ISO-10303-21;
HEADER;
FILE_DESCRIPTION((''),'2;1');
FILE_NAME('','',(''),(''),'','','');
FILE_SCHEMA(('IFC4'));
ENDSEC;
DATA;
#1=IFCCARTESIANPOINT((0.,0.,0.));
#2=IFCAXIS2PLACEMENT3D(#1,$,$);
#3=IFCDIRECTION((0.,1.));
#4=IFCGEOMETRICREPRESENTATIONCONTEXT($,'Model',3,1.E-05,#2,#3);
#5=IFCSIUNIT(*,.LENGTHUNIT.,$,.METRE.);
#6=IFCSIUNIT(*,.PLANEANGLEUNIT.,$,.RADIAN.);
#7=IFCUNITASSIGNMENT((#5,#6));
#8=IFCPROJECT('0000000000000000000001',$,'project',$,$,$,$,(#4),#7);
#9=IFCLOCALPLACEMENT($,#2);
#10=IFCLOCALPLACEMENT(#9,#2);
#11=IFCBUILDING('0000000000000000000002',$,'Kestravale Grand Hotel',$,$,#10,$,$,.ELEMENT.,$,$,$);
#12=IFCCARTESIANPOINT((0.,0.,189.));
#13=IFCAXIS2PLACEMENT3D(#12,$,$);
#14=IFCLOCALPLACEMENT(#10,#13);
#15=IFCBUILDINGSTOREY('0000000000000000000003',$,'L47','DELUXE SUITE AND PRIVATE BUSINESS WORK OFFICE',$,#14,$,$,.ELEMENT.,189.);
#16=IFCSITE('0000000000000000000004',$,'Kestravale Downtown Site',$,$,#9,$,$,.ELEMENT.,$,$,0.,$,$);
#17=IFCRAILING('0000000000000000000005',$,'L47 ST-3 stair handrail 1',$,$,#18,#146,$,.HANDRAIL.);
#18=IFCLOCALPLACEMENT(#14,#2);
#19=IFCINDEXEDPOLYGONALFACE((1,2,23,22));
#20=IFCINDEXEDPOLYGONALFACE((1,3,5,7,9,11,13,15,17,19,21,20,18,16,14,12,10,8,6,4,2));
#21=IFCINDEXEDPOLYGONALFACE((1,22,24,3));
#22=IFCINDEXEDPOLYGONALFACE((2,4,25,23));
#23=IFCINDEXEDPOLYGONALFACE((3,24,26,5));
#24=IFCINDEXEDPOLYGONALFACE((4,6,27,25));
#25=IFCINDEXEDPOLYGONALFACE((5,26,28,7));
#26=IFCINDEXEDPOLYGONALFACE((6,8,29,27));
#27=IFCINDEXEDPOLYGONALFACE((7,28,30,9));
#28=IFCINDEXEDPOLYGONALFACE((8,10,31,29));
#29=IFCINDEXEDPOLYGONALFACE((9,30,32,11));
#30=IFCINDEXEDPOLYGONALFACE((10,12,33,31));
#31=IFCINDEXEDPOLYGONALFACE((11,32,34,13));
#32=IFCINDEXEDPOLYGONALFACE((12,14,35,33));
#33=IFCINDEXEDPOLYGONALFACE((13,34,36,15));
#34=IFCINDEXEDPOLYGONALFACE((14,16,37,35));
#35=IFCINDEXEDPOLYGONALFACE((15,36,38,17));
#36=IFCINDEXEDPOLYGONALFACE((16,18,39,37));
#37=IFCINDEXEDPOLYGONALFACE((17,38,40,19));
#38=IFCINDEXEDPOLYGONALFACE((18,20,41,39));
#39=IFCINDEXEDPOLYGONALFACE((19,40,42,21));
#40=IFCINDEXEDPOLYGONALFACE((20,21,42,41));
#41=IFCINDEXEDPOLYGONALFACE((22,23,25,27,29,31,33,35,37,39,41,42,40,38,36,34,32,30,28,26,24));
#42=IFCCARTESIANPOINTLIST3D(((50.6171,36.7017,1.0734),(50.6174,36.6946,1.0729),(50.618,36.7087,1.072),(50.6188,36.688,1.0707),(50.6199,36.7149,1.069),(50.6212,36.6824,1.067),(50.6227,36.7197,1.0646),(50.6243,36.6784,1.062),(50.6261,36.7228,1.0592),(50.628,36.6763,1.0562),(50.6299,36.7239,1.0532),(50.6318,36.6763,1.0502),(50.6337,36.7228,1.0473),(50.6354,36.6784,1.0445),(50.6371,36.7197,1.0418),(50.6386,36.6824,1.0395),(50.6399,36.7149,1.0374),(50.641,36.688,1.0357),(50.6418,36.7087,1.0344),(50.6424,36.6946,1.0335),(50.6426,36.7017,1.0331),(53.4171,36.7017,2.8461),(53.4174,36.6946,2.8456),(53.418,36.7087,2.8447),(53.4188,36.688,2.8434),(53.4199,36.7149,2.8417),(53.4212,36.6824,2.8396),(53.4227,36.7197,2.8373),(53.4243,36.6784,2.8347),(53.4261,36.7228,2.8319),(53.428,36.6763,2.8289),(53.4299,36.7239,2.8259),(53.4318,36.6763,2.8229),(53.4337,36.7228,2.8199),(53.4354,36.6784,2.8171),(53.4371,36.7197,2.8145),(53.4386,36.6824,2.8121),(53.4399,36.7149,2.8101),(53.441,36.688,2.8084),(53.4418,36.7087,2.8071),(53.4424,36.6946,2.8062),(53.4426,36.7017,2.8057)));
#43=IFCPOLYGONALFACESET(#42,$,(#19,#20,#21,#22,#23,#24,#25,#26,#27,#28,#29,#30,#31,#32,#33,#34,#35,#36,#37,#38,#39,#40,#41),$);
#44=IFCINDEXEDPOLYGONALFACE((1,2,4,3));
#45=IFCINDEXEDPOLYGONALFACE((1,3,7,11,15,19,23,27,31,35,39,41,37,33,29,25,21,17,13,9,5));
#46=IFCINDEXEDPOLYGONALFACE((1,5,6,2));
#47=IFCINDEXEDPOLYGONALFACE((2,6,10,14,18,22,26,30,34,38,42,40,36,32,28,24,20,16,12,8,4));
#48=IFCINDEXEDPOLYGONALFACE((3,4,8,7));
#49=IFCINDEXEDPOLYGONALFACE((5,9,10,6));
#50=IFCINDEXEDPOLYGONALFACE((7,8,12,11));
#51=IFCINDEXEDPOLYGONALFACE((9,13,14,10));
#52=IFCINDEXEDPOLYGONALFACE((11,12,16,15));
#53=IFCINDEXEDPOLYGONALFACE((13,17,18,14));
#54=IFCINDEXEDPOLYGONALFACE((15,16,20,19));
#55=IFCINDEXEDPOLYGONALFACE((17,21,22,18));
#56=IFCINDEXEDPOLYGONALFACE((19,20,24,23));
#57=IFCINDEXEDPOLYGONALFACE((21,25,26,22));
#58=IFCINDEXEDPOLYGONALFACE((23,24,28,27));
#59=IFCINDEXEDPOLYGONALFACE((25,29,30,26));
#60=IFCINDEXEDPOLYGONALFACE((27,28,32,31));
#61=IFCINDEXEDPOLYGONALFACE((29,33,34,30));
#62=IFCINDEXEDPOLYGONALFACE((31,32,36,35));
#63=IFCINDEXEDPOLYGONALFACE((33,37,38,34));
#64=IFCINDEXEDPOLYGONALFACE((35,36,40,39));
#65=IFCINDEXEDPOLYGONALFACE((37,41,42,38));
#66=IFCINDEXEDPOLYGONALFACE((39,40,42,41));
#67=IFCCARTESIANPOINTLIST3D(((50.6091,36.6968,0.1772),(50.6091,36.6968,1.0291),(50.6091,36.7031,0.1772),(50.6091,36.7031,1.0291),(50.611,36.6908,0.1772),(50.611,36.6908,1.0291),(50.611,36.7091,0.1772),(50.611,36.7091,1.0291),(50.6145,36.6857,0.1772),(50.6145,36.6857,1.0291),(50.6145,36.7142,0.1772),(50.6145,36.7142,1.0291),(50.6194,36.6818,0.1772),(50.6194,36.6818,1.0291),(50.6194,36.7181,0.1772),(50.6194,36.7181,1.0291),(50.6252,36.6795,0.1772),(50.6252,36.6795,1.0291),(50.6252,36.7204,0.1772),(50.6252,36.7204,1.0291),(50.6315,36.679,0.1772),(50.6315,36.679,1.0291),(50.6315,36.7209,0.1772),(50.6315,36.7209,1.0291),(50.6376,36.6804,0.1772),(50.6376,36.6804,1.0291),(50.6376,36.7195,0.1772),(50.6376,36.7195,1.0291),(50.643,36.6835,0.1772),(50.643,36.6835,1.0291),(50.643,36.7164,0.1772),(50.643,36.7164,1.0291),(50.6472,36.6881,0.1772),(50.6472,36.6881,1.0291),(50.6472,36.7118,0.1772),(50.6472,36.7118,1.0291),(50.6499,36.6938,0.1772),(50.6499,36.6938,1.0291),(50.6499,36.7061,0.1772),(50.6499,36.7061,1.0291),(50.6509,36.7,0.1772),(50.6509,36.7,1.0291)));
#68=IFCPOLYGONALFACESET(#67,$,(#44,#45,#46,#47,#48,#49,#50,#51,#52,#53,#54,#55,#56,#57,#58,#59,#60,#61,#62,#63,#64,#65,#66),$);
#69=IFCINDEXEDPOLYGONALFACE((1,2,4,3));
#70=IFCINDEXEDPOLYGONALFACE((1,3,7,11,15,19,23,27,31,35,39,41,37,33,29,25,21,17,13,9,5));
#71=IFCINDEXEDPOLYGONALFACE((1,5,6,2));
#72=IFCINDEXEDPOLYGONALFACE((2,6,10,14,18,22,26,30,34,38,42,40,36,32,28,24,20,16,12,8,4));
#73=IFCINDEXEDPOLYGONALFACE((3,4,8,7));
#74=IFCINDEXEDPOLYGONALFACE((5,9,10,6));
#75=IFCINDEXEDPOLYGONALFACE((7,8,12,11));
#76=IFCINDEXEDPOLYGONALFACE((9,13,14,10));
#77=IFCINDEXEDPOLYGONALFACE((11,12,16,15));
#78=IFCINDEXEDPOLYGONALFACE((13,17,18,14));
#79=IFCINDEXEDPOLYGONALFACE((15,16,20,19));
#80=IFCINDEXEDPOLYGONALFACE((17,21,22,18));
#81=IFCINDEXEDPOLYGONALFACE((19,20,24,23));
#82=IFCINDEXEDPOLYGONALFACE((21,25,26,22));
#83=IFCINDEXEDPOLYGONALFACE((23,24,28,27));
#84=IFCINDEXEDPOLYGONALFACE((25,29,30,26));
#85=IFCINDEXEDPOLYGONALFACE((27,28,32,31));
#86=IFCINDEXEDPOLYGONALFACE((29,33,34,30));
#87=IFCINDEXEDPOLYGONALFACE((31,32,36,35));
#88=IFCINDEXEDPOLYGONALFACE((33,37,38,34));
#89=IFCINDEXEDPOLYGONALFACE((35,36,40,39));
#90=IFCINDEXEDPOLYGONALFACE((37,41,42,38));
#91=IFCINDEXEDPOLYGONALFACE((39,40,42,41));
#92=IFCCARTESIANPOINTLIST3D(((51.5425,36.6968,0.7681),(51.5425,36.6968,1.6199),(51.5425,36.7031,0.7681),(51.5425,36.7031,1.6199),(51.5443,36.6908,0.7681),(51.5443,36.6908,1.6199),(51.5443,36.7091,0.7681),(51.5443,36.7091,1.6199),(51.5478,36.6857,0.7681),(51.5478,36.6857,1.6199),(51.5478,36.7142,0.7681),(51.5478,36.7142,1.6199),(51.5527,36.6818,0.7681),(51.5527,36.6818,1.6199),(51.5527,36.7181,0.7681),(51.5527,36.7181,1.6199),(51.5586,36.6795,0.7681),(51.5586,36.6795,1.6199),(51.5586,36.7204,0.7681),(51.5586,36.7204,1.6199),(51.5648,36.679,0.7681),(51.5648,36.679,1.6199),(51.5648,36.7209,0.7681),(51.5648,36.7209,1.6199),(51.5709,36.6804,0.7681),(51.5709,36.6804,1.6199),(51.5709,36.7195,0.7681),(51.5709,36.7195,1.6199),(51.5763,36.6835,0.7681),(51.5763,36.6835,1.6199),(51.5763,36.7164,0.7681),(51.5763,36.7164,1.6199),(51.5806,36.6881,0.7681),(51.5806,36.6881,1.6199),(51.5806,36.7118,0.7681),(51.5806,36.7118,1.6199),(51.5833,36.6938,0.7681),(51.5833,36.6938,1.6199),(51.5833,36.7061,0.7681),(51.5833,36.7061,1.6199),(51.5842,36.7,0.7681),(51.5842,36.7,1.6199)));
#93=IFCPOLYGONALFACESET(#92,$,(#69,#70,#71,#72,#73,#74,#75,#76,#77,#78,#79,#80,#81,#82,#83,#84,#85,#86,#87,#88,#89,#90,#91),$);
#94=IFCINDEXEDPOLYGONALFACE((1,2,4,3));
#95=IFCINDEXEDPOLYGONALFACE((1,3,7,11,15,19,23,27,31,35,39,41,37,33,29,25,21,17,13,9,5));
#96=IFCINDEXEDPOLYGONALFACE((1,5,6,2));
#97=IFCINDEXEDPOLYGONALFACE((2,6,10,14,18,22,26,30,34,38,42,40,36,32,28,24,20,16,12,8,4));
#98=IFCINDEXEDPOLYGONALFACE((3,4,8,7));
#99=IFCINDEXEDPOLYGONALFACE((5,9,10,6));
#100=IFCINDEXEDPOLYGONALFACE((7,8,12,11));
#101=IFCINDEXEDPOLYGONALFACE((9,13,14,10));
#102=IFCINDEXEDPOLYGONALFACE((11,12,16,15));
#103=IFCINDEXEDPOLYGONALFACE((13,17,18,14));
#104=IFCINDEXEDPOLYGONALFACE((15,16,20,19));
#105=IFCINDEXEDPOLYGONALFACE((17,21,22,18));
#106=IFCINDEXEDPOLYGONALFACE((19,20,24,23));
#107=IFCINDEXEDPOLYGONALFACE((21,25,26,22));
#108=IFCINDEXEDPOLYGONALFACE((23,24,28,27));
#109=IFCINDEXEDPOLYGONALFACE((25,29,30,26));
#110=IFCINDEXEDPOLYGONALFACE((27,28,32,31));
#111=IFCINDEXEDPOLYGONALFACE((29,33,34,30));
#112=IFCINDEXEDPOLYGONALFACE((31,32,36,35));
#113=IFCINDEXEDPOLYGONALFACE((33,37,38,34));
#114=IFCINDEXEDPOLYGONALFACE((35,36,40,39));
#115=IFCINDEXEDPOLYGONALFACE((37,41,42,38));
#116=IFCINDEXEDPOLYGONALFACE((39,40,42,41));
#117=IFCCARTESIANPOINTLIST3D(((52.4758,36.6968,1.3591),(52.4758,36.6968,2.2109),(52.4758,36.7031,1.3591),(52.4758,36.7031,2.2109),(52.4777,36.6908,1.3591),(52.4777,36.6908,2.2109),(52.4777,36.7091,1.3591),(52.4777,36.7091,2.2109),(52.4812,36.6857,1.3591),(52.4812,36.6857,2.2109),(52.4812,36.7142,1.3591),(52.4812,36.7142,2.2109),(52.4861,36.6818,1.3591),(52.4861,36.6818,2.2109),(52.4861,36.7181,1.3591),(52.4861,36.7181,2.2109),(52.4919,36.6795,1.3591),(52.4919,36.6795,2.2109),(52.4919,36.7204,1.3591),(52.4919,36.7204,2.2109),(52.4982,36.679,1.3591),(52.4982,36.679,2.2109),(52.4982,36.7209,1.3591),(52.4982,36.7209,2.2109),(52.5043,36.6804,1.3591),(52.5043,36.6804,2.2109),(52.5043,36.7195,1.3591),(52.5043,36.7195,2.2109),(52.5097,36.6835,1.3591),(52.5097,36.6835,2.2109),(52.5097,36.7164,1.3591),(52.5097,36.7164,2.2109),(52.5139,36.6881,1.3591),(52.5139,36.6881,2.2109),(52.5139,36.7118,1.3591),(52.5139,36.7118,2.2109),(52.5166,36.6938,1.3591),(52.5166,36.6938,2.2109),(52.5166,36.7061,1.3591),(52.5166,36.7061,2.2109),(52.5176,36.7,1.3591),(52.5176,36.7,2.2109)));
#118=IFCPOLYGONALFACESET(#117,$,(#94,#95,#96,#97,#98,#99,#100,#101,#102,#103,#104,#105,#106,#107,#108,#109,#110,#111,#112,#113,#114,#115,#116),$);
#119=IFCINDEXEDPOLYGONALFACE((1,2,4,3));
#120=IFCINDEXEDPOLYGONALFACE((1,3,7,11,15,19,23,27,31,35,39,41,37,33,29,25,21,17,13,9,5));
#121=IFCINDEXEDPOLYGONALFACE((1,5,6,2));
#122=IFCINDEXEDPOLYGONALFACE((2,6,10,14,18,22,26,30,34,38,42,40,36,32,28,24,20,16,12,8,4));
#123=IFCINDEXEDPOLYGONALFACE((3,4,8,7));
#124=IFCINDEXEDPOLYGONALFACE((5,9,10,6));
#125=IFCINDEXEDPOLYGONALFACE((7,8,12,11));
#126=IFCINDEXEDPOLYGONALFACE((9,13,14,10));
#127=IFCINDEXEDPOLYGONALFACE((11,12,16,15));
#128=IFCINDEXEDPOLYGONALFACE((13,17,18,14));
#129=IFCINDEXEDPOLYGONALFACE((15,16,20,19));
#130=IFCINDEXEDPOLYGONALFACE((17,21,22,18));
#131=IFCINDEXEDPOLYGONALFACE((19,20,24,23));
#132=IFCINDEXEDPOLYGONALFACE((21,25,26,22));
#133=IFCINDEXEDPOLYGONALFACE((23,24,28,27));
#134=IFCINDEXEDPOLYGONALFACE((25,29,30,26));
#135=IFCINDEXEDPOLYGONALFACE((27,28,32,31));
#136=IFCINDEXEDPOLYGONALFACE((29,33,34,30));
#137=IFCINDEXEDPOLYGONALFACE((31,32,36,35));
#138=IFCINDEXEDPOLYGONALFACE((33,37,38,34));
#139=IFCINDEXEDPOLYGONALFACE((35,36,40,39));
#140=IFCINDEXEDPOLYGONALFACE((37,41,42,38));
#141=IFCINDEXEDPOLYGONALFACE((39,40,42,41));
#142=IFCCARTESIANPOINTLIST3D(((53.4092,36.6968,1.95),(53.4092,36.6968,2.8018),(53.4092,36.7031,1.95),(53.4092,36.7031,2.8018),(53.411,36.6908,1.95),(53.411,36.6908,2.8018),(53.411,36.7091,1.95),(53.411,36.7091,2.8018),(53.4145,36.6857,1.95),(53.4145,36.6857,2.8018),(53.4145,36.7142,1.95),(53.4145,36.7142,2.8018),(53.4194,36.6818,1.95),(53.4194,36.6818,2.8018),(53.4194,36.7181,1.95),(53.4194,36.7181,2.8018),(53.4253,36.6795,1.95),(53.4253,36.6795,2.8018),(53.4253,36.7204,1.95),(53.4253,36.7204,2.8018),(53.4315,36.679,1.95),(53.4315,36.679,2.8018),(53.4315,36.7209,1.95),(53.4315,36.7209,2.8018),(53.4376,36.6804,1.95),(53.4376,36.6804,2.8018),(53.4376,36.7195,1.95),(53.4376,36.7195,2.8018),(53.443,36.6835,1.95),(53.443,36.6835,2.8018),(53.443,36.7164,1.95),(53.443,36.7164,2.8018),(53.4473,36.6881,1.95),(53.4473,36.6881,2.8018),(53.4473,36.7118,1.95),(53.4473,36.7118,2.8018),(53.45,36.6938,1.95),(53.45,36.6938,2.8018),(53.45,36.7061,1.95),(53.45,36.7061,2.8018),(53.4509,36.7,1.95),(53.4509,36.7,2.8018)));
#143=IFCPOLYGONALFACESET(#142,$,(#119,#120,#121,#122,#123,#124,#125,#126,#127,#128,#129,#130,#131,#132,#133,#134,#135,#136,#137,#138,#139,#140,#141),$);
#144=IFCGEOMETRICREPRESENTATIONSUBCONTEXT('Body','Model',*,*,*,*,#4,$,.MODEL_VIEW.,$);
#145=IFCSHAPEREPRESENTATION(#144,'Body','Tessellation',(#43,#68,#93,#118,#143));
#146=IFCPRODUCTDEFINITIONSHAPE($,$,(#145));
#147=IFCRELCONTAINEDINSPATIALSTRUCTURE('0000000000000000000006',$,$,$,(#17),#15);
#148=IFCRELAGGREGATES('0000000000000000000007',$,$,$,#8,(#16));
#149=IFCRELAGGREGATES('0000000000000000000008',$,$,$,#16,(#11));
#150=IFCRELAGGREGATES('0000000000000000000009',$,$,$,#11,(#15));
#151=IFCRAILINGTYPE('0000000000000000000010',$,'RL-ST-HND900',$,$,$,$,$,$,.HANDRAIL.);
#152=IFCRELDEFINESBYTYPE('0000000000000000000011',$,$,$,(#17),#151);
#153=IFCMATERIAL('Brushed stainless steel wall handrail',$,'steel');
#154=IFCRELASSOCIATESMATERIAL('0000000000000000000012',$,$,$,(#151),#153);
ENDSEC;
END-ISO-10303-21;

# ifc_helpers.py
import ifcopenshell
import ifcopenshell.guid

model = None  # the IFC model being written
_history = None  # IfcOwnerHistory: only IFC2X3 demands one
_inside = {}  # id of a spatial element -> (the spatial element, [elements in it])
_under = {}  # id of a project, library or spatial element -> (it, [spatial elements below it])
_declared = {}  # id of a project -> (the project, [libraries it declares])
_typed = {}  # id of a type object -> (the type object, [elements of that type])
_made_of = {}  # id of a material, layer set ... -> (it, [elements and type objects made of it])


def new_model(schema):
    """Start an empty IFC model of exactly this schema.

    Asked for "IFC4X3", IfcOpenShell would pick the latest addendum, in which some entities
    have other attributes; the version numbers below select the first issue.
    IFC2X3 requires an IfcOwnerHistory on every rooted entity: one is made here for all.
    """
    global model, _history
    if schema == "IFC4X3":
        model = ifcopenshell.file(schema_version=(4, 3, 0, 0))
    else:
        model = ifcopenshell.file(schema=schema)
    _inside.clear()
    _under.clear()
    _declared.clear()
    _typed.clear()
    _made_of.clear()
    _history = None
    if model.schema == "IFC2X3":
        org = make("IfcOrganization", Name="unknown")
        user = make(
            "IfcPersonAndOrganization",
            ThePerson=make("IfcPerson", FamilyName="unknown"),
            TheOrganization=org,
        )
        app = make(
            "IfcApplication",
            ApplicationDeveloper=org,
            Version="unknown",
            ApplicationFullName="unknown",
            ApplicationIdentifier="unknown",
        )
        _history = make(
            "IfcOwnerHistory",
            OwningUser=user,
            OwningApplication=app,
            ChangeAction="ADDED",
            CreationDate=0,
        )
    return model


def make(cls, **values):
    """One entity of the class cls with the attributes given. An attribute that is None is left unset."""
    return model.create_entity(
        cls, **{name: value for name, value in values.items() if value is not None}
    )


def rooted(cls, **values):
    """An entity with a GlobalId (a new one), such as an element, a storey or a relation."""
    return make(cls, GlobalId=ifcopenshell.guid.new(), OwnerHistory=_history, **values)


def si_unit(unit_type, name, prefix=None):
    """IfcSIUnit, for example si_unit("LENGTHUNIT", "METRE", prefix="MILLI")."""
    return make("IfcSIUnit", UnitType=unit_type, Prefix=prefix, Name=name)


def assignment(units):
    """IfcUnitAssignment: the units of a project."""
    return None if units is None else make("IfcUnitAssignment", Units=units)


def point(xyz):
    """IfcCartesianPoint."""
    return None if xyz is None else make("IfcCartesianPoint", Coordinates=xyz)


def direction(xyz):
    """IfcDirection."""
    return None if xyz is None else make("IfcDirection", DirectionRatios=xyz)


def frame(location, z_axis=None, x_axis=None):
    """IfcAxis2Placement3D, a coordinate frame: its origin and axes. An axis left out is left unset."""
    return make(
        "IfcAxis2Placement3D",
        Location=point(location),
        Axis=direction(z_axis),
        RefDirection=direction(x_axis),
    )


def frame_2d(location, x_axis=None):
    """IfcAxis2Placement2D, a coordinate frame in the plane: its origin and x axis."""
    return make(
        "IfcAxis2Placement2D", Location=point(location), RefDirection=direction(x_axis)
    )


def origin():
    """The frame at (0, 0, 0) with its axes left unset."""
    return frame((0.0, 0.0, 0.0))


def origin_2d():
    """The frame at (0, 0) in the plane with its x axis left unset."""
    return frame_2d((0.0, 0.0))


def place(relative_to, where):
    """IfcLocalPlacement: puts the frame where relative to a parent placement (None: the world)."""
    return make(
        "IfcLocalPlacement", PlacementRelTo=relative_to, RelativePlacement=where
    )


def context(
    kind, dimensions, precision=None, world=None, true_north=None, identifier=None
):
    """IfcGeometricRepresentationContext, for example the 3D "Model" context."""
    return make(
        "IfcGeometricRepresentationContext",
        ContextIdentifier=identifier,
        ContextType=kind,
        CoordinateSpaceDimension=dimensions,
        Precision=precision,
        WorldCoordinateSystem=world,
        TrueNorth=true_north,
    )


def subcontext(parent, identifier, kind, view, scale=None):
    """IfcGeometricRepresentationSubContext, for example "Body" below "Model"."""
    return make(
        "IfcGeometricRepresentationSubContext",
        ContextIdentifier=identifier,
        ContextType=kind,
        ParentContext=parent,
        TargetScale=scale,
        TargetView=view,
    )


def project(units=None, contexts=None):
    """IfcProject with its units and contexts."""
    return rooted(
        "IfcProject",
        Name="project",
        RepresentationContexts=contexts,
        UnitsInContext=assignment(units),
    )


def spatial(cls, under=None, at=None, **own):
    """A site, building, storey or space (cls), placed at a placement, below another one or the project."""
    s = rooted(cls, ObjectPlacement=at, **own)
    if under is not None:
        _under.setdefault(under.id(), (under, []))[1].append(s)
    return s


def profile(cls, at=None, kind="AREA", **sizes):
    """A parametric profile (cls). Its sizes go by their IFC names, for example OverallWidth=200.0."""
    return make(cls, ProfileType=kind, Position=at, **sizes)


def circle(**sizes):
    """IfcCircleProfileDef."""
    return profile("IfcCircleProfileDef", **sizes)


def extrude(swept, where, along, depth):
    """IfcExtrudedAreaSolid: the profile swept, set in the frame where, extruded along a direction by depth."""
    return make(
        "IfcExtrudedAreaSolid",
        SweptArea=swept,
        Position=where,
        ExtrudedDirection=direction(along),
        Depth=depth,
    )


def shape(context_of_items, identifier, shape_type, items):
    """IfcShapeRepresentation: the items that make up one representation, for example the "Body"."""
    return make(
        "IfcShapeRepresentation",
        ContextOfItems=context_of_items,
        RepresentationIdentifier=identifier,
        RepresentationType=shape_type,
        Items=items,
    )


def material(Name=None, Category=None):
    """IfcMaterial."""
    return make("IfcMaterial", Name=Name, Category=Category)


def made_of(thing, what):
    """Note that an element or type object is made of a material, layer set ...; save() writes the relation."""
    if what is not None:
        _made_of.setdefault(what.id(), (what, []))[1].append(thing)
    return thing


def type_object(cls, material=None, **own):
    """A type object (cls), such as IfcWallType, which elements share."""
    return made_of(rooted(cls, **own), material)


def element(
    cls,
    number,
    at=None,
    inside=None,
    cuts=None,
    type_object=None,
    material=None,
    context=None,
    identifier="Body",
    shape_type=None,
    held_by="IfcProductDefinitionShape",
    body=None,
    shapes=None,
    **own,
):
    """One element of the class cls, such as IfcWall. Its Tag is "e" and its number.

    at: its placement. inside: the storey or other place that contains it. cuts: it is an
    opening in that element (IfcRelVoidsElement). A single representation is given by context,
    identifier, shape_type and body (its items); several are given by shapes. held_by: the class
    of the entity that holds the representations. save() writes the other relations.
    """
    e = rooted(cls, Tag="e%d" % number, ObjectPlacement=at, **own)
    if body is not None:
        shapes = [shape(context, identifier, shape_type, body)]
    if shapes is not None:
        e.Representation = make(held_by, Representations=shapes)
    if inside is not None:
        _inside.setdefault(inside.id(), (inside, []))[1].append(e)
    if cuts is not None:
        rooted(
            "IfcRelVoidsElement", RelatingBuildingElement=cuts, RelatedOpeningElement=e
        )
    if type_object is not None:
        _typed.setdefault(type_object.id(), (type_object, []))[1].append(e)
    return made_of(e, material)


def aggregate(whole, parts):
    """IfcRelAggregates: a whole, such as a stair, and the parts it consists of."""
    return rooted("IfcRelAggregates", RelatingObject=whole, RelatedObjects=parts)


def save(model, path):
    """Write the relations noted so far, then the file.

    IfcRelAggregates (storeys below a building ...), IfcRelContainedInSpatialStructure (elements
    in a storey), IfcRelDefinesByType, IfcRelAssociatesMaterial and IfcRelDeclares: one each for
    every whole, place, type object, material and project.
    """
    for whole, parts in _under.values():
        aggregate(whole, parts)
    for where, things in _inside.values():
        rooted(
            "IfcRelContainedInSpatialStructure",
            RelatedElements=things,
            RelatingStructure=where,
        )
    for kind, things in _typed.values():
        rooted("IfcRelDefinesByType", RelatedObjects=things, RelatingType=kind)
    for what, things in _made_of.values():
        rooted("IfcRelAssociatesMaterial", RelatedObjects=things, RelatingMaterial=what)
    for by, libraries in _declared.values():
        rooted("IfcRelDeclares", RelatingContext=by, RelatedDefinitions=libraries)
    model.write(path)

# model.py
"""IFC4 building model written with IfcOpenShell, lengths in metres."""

from ifc_helpers import new_model, si_unit, direction, frame, origin, origin_2d, place, context, subcontext, project, spatial, circle, extrude, material, type_object, element, save


model = new_model("IFC4")

# Units and contexts
model_context = context("Model", 3, precision=1e-05, world=origin(), true_north=direction((0.0, 1.0)))
body_context = subcontext(model_context, "Body", "Model", "MODEL_VIEW")
ifc_project = project(units=[si_unit("LENGTHUNIT", "METRE"), si_unit("PLANEANGLEUNIT", "RADIAN")], contexts=[model_context])

# Site, building, storey
site_placement = place(None, origin())
site = spatial("IfcSite", under=ifc_project, at=site_placement, Name="Kestravale Downtown Site", CompositionType="ELEMENT", RefElevation=0.0)
building_placement = place(site_placement, origin())
building = spatial("IfcBuilding", under=site, at=building_placement, Name="Kestravale Grand Hotel", CompositionType="ELEMENT")
storey_placement = place(building_placement, frame((0.0, 0.0, 189.0)))
storey = spatial("IfcBuildingStorey", under=building, at=storey_placement, Name="L47", Description="DELUXE SUITE AND PRIVATE BUSINESS WORK OFFICE", CompositionType="ELEMENT", Elevation=189.0)

# Railing
ifc_material_1 = material(Name="Brushed stainless steel wall handrail", Category="steel")
railing_type_1 = type_object("IfcRailingType", Name="RL-ST-HND900", PredefinedType="HANDRAIL", material=ifc_material_1)
railing_1_placement = place(storey_placement, frame((50.6299, 36.7, 0.1772)))
element("IfcRailing", 1, at=railing_1_placement, inside=storey, type_object=railing_type_1, Name="L47 ST-3 stair handrail 1", PredefinedType="HANDRAIL", context=body_context, shape_type="SweptSolid", body=[
    extrude(circle(Radius=0.0239, at=origin_2d()), frame((0.0, 0.0, 0.876), z_axis=(0.844909, 0.0, 0.53491), x_axis=(0.0, 1.0, 0.0)), (0.0, 0.0, 1.0), 3.314),
    extrude(circle(Radius=0.021, at=origin_2d()), origin(), (0.0, 0.0, 1.0), 0.8518),
    extrude(circle(Radius=0.021, at=origin_2d()), frame((0.9333, 0.0, 0.5908)), (0.0, 0.0, 1.0), 0.8518),
    extrude(circle(Radius=0.021, at=origin_2d()), frame((1.8667, 0.0, 1.1819)), (0.0, 0.0, 1.0), 0.8518),
    extrude(circle(Radius=0.021, at=origin_2d()), frame((2.8, 0.0, 1.7727)), (0.0, 0.0, 1.0), 0.8518),
])

save(model, "model.ifc")
